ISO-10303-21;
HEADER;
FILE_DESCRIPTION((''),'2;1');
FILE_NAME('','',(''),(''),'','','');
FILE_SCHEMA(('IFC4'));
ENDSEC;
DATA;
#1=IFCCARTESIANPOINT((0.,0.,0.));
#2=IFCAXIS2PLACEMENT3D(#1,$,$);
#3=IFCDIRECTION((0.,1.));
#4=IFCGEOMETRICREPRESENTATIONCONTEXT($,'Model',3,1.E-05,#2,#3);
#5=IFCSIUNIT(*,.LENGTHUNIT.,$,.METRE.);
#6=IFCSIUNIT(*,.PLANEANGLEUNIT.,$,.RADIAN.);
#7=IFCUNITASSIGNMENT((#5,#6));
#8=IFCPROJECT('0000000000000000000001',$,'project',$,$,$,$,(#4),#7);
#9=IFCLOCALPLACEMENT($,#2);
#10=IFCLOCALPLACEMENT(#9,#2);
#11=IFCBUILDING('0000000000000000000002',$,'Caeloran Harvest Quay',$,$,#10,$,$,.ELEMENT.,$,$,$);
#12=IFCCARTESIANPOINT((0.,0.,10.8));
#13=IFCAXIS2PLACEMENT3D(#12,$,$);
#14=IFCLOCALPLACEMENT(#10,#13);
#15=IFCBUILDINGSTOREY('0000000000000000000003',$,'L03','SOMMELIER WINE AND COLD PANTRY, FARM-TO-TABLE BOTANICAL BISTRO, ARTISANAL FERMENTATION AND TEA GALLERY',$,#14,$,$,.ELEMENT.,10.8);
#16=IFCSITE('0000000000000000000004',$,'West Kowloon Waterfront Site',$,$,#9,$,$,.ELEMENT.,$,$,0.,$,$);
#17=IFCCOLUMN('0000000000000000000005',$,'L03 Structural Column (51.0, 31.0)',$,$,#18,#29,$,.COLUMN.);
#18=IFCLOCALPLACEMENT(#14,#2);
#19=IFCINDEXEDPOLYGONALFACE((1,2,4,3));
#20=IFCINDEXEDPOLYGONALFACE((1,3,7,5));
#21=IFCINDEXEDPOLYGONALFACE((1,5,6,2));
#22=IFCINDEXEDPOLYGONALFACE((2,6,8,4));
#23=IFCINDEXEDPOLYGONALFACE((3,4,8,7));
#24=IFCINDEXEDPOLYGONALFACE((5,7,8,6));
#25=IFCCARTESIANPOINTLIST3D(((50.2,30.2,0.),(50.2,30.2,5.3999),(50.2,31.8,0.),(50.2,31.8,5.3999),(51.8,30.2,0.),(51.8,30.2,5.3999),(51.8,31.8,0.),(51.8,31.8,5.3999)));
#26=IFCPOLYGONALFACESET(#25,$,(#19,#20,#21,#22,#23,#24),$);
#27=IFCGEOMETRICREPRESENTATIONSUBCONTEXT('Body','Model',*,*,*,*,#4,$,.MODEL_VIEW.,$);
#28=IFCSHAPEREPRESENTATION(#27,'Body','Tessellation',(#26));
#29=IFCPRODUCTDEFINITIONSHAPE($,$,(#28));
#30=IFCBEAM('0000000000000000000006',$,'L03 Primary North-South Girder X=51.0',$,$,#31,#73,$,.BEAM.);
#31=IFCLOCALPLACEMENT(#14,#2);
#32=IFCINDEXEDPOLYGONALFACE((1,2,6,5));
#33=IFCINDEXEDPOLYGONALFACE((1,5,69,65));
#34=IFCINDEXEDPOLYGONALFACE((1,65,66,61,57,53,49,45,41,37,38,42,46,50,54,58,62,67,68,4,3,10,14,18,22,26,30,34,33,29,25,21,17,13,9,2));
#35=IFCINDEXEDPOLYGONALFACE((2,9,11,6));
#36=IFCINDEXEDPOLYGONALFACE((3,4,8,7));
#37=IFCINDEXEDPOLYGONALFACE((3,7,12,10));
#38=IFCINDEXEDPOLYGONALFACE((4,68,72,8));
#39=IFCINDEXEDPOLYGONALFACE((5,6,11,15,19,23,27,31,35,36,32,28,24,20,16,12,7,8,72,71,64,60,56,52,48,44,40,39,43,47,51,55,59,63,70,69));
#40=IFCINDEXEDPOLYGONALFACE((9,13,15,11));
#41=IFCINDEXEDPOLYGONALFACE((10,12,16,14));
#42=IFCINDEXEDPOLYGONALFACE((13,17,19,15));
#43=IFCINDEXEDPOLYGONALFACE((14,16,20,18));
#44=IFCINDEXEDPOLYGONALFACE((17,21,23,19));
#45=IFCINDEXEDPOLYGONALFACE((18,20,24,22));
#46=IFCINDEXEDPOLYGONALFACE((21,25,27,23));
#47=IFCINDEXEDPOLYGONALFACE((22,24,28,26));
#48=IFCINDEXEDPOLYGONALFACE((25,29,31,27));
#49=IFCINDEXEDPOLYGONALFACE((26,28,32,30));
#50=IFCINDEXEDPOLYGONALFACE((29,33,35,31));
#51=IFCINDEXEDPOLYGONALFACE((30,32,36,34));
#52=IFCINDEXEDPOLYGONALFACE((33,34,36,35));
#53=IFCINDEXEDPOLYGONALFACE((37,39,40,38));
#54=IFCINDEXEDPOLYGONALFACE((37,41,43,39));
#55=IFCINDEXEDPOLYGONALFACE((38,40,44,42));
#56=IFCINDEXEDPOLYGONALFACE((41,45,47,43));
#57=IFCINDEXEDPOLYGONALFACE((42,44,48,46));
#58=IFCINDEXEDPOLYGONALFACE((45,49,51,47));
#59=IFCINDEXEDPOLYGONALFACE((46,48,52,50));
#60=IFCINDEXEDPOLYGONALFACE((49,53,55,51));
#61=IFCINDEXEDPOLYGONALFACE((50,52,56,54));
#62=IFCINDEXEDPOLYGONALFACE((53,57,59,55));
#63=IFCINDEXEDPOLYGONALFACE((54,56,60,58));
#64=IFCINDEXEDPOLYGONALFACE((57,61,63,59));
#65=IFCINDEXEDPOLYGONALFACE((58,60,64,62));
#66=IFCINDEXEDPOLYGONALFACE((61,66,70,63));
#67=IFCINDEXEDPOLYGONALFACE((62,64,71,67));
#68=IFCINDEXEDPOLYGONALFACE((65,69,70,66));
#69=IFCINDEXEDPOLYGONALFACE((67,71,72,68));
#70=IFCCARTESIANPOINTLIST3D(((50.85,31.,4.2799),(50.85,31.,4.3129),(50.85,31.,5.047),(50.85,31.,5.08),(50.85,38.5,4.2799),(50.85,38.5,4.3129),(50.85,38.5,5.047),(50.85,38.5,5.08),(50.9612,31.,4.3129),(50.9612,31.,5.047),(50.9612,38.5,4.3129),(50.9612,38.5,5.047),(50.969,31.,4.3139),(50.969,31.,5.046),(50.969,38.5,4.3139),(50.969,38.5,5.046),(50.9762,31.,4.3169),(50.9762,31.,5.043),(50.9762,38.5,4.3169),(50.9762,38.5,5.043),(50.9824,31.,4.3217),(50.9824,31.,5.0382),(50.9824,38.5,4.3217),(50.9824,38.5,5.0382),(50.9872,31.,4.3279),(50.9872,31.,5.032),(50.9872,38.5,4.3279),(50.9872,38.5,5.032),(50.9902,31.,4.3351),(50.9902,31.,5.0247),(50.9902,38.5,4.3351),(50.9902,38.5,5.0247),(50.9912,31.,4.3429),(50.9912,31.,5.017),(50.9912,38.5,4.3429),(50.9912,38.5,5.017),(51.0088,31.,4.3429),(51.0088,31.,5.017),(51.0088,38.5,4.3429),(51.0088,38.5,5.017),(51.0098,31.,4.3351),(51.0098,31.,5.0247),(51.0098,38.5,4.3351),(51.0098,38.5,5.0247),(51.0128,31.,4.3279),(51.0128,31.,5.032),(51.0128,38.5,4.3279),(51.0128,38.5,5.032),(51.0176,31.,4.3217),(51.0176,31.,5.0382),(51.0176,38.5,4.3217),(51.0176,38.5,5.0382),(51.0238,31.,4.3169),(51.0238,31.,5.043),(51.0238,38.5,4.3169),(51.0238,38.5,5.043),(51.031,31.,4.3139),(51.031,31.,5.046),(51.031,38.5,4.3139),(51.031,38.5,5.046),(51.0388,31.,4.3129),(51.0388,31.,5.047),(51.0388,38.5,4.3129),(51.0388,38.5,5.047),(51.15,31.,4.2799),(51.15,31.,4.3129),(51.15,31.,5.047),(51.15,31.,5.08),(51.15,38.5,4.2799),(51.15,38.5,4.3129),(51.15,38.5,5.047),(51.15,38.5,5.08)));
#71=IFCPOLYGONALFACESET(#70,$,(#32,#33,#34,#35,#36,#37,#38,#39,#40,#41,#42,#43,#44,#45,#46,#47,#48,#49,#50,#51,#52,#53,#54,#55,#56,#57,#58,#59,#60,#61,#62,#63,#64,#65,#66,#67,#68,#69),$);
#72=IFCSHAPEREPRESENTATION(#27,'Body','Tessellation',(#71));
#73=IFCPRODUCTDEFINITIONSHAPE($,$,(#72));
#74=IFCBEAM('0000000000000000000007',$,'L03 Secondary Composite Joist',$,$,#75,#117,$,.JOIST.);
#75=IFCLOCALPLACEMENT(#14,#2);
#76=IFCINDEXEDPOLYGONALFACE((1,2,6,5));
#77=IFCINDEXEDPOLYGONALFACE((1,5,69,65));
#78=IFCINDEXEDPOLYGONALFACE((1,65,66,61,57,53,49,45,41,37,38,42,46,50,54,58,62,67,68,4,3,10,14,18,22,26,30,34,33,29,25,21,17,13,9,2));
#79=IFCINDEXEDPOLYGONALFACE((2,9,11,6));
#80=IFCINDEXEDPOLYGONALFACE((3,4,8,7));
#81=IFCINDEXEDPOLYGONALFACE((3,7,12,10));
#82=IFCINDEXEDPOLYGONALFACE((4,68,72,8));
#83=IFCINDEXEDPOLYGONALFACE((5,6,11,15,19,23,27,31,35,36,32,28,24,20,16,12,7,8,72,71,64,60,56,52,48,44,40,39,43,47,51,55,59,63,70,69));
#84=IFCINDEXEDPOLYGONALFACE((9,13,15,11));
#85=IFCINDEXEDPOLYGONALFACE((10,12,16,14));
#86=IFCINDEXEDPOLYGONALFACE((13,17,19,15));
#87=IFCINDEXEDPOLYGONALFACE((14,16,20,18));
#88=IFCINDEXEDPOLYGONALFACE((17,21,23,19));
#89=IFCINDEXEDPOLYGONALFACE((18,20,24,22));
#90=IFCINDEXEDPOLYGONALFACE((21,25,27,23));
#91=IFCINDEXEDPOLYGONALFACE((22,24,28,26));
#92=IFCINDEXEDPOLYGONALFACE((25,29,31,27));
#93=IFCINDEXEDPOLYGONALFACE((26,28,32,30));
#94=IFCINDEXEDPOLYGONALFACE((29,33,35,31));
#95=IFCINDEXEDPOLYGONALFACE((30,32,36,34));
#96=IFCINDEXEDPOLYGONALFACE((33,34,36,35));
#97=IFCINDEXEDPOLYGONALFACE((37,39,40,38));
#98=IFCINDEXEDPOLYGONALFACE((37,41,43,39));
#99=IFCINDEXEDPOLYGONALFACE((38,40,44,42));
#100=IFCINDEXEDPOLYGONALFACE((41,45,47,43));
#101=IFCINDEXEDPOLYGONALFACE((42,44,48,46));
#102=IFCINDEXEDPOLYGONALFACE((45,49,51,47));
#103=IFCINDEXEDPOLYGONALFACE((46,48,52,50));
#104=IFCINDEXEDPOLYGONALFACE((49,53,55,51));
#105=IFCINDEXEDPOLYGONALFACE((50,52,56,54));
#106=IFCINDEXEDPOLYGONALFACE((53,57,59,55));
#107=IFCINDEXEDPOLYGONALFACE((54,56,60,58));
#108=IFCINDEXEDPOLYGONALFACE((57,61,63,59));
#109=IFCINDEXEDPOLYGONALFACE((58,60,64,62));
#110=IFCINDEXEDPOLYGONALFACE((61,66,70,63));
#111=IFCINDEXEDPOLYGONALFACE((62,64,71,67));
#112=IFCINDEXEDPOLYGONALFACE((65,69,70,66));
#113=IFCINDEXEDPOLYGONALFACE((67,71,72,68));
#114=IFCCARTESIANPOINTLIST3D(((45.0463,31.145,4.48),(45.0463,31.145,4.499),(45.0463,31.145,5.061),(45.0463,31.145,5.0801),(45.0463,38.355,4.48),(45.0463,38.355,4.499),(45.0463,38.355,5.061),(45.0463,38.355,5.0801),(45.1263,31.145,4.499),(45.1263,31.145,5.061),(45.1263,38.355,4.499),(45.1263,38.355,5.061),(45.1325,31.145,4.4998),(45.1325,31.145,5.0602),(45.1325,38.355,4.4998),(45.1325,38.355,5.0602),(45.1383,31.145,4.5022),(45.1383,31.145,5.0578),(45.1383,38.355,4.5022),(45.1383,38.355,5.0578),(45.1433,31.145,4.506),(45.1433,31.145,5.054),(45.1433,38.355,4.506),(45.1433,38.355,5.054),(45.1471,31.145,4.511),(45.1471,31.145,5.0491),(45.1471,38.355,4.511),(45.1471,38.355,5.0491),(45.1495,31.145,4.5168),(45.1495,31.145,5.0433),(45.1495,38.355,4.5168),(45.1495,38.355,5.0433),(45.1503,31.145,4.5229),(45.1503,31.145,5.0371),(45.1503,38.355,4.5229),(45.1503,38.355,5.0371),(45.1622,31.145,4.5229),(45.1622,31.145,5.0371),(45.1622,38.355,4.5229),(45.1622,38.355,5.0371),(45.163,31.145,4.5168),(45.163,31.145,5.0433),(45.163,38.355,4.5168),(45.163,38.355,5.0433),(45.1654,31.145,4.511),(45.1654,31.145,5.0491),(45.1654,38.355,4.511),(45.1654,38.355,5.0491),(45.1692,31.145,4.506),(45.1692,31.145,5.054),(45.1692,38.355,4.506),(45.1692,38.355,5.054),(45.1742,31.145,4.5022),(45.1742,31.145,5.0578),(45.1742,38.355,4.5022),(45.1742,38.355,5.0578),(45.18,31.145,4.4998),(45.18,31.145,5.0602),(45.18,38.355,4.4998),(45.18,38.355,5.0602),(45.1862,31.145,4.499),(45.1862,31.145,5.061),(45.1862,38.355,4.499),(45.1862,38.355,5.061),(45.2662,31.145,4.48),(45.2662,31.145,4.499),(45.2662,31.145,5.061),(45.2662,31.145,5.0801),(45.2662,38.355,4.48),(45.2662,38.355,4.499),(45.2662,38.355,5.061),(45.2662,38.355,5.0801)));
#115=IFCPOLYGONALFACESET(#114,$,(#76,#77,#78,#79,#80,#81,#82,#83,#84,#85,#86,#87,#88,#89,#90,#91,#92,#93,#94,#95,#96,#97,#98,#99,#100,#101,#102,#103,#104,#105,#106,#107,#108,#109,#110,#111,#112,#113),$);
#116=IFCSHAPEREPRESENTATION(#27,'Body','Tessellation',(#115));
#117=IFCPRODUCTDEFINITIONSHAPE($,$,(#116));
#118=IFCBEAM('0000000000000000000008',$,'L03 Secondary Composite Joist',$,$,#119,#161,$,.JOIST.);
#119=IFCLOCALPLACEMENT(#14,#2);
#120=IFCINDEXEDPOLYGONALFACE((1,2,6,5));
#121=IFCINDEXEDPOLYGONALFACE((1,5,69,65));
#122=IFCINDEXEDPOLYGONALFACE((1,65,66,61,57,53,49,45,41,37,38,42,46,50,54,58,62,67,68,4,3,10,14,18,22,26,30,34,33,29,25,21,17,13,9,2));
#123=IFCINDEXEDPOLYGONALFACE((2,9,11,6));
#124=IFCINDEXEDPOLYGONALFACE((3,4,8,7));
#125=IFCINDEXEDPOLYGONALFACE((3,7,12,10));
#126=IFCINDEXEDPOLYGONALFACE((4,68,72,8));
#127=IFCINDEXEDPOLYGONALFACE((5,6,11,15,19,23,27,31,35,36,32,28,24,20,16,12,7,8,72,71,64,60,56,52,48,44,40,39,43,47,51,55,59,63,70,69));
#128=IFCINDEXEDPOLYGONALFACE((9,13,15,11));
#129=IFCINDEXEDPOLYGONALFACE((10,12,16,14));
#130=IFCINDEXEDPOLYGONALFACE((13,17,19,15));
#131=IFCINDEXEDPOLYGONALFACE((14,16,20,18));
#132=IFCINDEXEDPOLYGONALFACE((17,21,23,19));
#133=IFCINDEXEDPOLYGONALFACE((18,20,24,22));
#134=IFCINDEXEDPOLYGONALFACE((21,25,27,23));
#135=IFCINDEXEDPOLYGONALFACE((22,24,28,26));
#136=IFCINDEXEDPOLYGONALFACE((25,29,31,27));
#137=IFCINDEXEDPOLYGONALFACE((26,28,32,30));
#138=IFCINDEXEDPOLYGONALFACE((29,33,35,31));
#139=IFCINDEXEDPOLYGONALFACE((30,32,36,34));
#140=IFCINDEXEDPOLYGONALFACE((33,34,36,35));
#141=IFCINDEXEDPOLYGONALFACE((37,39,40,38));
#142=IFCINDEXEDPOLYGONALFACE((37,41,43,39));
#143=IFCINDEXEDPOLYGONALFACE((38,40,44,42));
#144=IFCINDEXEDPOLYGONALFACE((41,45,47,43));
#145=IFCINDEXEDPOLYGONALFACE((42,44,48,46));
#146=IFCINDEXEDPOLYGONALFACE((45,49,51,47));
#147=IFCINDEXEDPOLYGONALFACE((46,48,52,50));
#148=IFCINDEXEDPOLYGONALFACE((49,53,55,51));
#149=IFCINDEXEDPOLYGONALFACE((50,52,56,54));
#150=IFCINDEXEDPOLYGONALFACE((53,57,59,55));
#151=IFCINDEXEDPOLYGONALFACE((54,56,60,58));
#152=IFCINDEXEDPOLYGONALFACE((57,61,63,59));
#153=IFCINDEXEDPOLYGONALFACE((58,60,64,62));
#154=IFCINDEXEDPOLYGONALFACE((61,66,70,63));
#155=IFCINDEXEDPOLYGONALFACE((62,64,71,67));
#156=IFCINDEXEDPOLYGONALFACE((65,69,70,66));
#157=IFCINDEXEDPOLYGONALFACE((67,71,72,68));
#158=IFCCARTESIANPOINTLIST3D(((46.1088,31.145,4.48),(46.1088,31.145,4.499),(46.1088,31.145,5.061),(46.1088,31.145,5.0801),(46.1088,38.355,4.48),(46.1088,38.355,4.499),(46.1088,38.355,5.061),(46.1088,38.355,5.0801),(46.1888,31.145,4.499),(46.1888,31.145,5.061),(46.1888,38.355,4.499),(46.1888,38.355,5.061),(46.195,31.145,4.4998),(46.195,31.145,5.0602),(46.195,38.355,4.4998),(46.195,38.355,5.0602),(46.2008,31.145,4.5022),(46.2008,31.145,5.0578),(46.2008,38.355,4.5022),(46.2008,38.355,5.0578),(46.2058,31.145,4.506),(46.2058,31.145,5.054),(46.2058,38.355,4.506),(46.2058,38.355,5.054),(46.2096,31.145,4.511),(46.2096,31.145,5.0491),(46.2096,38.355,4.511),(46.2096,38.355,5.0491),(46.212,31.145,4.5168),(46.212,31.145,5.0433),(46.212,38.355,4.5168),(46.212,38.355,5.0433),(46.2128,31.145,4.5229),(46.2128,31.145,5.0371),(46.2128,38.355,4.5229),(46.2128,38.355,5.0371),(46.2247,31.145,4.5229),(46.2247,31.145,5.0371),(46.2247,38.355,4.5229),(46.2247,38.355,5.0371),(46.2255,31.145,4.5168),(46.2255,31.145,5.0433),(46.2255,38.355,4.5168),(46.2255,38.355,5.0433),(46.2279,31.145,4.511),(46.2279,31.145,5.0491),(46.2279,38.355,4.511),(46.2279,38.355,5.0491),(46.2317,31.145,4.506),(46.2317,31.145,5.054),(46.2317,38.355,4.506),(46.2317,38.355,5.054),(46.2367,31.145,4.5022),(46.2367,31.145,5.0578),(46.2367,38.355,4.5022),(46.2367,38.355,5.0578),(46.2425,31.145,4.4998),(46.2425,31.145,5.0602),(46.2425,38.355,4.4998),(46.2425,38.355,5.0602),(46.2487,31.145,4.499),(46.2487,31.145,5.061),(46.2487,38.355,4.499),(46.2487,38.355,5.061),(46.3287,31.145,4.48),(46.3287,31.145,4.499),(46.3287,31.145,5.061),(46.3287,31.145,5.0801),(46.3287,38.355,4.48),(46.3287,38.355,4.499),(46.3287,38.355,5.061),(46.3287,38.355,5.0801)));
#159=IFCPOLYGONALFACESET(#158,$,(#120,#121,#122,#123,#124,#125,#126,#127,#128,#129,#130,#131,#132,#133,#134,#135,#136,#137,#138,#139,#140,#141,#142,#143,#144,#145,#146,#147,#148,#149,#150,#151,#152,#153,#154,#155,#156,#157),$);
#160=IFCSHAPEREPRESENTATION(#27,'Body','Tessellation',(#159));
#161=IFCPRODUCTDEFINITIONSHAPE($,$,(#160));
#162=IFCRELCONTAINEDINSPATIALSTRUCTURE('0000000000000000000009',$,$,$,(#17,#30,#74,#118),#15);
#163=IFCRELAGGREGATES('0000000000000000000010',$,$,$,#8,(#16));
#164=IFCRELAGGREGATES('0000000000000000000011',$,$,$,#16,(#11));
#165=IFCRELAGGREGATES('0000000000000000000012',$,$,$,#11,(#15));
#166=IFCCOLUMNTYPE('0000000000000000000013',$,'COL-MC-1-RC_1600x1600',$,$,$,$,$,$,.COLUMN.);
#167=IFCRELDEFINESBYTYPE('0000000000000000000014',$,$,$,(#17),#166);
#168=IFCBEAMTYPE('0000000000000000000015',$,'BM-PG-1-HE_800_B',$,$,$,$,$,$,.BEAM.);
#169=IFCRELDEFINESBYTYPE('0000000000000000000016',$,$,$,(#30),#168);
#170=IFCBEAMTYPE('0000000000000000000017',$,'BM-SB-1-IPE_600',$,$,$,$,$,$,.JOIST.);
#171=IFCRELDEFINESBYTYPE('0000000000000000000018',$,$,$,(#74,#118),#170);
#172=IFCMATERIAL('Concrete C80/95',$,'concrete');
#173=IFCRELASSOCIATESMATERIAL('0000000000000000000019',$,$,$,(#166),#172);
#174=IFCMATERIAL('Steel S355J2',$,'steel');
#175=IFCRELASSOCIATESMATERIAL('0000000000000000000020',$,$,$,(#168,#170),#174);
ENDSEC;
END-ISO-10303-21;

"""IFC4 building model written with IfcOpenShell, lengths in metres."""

from ifc_helpers import new_model, si_unit, direction, frame, origin, origin_2d, place, context, subcontext, project, spatial, rectangle, i_section, extrude, material, material_profile, profile_set, type_object, element, save


model = new_model("IFC4")

# Units and contexts
model_context = context("Model", 3, precision=1e-05, world=origin(), true_north=direction((0.0, 1.0)))
body_context = subcontext(model_context, "Body", "Model", "MODEL_VIEW")
ifc_project = project(units=[si_unit("LENGTHUNIT", "METRE"), si_unit("PLANEANGLEUNIT", "RADIAN")], contexts=[model_context])

# Site, building, storey
site_placement = place(None, origin())
site = spatial("IfcSite", under=ifc_project, at=site_placement, Name="West Kowloon Waterfront Site", CompositionType="ELEMENT", RefElevation=0.0)
building_placement = place(site_placement, origin())
building = spatial("IfcBuilding", under=site, at=building_placement, Name="Caeloran Harvest Quay", CompositionType="ELEMENT")
storey_placement = place(building_placement, frame((0.0, 0.0, 10.8)))
storey = spatial("IfcBuildingStorey", under=building, at=storey_placement, Name="L03", Description="SOMMELIER WINE AND COLD PANTRY, FARM-TO-TABLE BOTANICAL BISTRO, ARTISANAL FERMENTATION AND TEA GALLERY", CompositionType="ELEMENT", Elevation=10.8)

# Column
ifc_material_1 = material(Name="Concrete C80/95", Category="concrete")
ifc_material_profile_1 = material_profile(ifc_material_1, rectangle(XDim=1.6001, YDim=1.6001, at=origin_2d()), Name="RC 1600x1600")
ifc_profile_set_1 = profile_set([ifc_material_profile_1], Name="Concrete C80/95")
column_type = type_object("IfcColumnType", Name="COL-MC-1-RC_1600x1600", PredefinedType="COLUMN", material=ifc_profile_set_1)
column_placement = place(storey_placement, frame((51.0, 31.0, 0.0), z_axis=(0.0, 0.0, 1.0), x_axis=(1.0, 0.0, 0.0)))
element("IfcColumn", 1, at=column_placement, inside=storey, type_object=column_type, Name="L03 Structural Column (51.0, 31.0)", PredefinedType="COLUMN", context=body_context, shape_type="SweptSolid", body=[
    extrude(rectangle(XDim=1.6001, YDim=1.6001, at=origin_2d()), origin(), (0.0, 0.0, 1.0), 5.3999),
])

# Beams
ifc_material_2 = material(Name="Steel S355J2", Category="steel")
ifc_material_profile_2 = material_profile(ifc_material_2, i_section(OverallWidth=0.3, OverallDepth=0.8, WebThickness=0.0176, FlangeThickness=0.033, FilletRadius=0.03, at=origin_2d()), Name="HE 800 B")
ifc_profile_set_2 = profile_set([ifc_material_profile_2], Name="Steel S355J2")
beam_type_1 = type_object("IfcBeamType", Name="BM-PG-1-HE_800_B", PredefinedType="BEAM", material=ifc_profile_set_2)
beam_placement = place(storey_placement, frame((51.0, 31.0, 4.6799), z_axis=(0.0, 1.0, 0.0), x_axis=(-1.0, 0.0, 0.0)))
element("IfcBeam", 2, at=beam_placement, inside=storey, type_object=beam_type_1, Name="L03 Primary North-South Girder X=51.0", PredefinedType="BEAM", context=body_context, shape_type="SweptSolid", body=[
    extrude(i_section(OverallWidth=0.3, OverallDepth=0.8, WebThickness=0.0176, FlangeThickness=0.033, FilletRadius=0.03, at=origin_2d()), origin(), (0.0, 0.0, 1.0), 7.5),
])
ifc_material_profile_3 = material_profile(ifc_material_2, i_section(OverallWidth=0.22, OverallDepth=0.6001, WebThickness=0.012, FlangeThickness=0.019, FilletRadius=0.0239, at=origin_2d()), Name="IPE 600")
ifc_profile_set_3 = profile_set([ifc_material_profile_3], Name="Steel S355J2")
beam_type_2 = type_object("IfcBeamType", Name="BM-SB-1-IPE_600", PredefinedType="JOIST", material=ifc_profile_set_3)
for number, where, z_axis, x_axis, name in (
    (3, (45.1562, 31.145, 4.78), (0.0, 1.0, 0.0), (-1.0, 0.0, 0.0), "L03 Secondary Composite Joist"),
    (4, (46.2188, 31.145, 4.78), (0.0, 1.0, 0.0), (-1.0, 0.0, 0.0), "L03 Secondary Composite Joist"),
):
    element("IfcBeam", number, at=place(storey_placement, frame(where, z_axis=z_axis, x_axis=x_axis)), inside=storey, type_object=beam_type_2, Name=name, PredefinedType="JOIST", context=body_context, shape_type="SweptSolid", body=[
        extrude(i_section(OverallWidth=0.22, OverallDepth=0.6001, WebThickness=0.012, FlangeThickness=0.019, FilletRadius=0.0239, at=origin_2d()), origin(), (0.0, 0.0, 1.0), 7.21),
    ])

save(model, "model.ifc")
